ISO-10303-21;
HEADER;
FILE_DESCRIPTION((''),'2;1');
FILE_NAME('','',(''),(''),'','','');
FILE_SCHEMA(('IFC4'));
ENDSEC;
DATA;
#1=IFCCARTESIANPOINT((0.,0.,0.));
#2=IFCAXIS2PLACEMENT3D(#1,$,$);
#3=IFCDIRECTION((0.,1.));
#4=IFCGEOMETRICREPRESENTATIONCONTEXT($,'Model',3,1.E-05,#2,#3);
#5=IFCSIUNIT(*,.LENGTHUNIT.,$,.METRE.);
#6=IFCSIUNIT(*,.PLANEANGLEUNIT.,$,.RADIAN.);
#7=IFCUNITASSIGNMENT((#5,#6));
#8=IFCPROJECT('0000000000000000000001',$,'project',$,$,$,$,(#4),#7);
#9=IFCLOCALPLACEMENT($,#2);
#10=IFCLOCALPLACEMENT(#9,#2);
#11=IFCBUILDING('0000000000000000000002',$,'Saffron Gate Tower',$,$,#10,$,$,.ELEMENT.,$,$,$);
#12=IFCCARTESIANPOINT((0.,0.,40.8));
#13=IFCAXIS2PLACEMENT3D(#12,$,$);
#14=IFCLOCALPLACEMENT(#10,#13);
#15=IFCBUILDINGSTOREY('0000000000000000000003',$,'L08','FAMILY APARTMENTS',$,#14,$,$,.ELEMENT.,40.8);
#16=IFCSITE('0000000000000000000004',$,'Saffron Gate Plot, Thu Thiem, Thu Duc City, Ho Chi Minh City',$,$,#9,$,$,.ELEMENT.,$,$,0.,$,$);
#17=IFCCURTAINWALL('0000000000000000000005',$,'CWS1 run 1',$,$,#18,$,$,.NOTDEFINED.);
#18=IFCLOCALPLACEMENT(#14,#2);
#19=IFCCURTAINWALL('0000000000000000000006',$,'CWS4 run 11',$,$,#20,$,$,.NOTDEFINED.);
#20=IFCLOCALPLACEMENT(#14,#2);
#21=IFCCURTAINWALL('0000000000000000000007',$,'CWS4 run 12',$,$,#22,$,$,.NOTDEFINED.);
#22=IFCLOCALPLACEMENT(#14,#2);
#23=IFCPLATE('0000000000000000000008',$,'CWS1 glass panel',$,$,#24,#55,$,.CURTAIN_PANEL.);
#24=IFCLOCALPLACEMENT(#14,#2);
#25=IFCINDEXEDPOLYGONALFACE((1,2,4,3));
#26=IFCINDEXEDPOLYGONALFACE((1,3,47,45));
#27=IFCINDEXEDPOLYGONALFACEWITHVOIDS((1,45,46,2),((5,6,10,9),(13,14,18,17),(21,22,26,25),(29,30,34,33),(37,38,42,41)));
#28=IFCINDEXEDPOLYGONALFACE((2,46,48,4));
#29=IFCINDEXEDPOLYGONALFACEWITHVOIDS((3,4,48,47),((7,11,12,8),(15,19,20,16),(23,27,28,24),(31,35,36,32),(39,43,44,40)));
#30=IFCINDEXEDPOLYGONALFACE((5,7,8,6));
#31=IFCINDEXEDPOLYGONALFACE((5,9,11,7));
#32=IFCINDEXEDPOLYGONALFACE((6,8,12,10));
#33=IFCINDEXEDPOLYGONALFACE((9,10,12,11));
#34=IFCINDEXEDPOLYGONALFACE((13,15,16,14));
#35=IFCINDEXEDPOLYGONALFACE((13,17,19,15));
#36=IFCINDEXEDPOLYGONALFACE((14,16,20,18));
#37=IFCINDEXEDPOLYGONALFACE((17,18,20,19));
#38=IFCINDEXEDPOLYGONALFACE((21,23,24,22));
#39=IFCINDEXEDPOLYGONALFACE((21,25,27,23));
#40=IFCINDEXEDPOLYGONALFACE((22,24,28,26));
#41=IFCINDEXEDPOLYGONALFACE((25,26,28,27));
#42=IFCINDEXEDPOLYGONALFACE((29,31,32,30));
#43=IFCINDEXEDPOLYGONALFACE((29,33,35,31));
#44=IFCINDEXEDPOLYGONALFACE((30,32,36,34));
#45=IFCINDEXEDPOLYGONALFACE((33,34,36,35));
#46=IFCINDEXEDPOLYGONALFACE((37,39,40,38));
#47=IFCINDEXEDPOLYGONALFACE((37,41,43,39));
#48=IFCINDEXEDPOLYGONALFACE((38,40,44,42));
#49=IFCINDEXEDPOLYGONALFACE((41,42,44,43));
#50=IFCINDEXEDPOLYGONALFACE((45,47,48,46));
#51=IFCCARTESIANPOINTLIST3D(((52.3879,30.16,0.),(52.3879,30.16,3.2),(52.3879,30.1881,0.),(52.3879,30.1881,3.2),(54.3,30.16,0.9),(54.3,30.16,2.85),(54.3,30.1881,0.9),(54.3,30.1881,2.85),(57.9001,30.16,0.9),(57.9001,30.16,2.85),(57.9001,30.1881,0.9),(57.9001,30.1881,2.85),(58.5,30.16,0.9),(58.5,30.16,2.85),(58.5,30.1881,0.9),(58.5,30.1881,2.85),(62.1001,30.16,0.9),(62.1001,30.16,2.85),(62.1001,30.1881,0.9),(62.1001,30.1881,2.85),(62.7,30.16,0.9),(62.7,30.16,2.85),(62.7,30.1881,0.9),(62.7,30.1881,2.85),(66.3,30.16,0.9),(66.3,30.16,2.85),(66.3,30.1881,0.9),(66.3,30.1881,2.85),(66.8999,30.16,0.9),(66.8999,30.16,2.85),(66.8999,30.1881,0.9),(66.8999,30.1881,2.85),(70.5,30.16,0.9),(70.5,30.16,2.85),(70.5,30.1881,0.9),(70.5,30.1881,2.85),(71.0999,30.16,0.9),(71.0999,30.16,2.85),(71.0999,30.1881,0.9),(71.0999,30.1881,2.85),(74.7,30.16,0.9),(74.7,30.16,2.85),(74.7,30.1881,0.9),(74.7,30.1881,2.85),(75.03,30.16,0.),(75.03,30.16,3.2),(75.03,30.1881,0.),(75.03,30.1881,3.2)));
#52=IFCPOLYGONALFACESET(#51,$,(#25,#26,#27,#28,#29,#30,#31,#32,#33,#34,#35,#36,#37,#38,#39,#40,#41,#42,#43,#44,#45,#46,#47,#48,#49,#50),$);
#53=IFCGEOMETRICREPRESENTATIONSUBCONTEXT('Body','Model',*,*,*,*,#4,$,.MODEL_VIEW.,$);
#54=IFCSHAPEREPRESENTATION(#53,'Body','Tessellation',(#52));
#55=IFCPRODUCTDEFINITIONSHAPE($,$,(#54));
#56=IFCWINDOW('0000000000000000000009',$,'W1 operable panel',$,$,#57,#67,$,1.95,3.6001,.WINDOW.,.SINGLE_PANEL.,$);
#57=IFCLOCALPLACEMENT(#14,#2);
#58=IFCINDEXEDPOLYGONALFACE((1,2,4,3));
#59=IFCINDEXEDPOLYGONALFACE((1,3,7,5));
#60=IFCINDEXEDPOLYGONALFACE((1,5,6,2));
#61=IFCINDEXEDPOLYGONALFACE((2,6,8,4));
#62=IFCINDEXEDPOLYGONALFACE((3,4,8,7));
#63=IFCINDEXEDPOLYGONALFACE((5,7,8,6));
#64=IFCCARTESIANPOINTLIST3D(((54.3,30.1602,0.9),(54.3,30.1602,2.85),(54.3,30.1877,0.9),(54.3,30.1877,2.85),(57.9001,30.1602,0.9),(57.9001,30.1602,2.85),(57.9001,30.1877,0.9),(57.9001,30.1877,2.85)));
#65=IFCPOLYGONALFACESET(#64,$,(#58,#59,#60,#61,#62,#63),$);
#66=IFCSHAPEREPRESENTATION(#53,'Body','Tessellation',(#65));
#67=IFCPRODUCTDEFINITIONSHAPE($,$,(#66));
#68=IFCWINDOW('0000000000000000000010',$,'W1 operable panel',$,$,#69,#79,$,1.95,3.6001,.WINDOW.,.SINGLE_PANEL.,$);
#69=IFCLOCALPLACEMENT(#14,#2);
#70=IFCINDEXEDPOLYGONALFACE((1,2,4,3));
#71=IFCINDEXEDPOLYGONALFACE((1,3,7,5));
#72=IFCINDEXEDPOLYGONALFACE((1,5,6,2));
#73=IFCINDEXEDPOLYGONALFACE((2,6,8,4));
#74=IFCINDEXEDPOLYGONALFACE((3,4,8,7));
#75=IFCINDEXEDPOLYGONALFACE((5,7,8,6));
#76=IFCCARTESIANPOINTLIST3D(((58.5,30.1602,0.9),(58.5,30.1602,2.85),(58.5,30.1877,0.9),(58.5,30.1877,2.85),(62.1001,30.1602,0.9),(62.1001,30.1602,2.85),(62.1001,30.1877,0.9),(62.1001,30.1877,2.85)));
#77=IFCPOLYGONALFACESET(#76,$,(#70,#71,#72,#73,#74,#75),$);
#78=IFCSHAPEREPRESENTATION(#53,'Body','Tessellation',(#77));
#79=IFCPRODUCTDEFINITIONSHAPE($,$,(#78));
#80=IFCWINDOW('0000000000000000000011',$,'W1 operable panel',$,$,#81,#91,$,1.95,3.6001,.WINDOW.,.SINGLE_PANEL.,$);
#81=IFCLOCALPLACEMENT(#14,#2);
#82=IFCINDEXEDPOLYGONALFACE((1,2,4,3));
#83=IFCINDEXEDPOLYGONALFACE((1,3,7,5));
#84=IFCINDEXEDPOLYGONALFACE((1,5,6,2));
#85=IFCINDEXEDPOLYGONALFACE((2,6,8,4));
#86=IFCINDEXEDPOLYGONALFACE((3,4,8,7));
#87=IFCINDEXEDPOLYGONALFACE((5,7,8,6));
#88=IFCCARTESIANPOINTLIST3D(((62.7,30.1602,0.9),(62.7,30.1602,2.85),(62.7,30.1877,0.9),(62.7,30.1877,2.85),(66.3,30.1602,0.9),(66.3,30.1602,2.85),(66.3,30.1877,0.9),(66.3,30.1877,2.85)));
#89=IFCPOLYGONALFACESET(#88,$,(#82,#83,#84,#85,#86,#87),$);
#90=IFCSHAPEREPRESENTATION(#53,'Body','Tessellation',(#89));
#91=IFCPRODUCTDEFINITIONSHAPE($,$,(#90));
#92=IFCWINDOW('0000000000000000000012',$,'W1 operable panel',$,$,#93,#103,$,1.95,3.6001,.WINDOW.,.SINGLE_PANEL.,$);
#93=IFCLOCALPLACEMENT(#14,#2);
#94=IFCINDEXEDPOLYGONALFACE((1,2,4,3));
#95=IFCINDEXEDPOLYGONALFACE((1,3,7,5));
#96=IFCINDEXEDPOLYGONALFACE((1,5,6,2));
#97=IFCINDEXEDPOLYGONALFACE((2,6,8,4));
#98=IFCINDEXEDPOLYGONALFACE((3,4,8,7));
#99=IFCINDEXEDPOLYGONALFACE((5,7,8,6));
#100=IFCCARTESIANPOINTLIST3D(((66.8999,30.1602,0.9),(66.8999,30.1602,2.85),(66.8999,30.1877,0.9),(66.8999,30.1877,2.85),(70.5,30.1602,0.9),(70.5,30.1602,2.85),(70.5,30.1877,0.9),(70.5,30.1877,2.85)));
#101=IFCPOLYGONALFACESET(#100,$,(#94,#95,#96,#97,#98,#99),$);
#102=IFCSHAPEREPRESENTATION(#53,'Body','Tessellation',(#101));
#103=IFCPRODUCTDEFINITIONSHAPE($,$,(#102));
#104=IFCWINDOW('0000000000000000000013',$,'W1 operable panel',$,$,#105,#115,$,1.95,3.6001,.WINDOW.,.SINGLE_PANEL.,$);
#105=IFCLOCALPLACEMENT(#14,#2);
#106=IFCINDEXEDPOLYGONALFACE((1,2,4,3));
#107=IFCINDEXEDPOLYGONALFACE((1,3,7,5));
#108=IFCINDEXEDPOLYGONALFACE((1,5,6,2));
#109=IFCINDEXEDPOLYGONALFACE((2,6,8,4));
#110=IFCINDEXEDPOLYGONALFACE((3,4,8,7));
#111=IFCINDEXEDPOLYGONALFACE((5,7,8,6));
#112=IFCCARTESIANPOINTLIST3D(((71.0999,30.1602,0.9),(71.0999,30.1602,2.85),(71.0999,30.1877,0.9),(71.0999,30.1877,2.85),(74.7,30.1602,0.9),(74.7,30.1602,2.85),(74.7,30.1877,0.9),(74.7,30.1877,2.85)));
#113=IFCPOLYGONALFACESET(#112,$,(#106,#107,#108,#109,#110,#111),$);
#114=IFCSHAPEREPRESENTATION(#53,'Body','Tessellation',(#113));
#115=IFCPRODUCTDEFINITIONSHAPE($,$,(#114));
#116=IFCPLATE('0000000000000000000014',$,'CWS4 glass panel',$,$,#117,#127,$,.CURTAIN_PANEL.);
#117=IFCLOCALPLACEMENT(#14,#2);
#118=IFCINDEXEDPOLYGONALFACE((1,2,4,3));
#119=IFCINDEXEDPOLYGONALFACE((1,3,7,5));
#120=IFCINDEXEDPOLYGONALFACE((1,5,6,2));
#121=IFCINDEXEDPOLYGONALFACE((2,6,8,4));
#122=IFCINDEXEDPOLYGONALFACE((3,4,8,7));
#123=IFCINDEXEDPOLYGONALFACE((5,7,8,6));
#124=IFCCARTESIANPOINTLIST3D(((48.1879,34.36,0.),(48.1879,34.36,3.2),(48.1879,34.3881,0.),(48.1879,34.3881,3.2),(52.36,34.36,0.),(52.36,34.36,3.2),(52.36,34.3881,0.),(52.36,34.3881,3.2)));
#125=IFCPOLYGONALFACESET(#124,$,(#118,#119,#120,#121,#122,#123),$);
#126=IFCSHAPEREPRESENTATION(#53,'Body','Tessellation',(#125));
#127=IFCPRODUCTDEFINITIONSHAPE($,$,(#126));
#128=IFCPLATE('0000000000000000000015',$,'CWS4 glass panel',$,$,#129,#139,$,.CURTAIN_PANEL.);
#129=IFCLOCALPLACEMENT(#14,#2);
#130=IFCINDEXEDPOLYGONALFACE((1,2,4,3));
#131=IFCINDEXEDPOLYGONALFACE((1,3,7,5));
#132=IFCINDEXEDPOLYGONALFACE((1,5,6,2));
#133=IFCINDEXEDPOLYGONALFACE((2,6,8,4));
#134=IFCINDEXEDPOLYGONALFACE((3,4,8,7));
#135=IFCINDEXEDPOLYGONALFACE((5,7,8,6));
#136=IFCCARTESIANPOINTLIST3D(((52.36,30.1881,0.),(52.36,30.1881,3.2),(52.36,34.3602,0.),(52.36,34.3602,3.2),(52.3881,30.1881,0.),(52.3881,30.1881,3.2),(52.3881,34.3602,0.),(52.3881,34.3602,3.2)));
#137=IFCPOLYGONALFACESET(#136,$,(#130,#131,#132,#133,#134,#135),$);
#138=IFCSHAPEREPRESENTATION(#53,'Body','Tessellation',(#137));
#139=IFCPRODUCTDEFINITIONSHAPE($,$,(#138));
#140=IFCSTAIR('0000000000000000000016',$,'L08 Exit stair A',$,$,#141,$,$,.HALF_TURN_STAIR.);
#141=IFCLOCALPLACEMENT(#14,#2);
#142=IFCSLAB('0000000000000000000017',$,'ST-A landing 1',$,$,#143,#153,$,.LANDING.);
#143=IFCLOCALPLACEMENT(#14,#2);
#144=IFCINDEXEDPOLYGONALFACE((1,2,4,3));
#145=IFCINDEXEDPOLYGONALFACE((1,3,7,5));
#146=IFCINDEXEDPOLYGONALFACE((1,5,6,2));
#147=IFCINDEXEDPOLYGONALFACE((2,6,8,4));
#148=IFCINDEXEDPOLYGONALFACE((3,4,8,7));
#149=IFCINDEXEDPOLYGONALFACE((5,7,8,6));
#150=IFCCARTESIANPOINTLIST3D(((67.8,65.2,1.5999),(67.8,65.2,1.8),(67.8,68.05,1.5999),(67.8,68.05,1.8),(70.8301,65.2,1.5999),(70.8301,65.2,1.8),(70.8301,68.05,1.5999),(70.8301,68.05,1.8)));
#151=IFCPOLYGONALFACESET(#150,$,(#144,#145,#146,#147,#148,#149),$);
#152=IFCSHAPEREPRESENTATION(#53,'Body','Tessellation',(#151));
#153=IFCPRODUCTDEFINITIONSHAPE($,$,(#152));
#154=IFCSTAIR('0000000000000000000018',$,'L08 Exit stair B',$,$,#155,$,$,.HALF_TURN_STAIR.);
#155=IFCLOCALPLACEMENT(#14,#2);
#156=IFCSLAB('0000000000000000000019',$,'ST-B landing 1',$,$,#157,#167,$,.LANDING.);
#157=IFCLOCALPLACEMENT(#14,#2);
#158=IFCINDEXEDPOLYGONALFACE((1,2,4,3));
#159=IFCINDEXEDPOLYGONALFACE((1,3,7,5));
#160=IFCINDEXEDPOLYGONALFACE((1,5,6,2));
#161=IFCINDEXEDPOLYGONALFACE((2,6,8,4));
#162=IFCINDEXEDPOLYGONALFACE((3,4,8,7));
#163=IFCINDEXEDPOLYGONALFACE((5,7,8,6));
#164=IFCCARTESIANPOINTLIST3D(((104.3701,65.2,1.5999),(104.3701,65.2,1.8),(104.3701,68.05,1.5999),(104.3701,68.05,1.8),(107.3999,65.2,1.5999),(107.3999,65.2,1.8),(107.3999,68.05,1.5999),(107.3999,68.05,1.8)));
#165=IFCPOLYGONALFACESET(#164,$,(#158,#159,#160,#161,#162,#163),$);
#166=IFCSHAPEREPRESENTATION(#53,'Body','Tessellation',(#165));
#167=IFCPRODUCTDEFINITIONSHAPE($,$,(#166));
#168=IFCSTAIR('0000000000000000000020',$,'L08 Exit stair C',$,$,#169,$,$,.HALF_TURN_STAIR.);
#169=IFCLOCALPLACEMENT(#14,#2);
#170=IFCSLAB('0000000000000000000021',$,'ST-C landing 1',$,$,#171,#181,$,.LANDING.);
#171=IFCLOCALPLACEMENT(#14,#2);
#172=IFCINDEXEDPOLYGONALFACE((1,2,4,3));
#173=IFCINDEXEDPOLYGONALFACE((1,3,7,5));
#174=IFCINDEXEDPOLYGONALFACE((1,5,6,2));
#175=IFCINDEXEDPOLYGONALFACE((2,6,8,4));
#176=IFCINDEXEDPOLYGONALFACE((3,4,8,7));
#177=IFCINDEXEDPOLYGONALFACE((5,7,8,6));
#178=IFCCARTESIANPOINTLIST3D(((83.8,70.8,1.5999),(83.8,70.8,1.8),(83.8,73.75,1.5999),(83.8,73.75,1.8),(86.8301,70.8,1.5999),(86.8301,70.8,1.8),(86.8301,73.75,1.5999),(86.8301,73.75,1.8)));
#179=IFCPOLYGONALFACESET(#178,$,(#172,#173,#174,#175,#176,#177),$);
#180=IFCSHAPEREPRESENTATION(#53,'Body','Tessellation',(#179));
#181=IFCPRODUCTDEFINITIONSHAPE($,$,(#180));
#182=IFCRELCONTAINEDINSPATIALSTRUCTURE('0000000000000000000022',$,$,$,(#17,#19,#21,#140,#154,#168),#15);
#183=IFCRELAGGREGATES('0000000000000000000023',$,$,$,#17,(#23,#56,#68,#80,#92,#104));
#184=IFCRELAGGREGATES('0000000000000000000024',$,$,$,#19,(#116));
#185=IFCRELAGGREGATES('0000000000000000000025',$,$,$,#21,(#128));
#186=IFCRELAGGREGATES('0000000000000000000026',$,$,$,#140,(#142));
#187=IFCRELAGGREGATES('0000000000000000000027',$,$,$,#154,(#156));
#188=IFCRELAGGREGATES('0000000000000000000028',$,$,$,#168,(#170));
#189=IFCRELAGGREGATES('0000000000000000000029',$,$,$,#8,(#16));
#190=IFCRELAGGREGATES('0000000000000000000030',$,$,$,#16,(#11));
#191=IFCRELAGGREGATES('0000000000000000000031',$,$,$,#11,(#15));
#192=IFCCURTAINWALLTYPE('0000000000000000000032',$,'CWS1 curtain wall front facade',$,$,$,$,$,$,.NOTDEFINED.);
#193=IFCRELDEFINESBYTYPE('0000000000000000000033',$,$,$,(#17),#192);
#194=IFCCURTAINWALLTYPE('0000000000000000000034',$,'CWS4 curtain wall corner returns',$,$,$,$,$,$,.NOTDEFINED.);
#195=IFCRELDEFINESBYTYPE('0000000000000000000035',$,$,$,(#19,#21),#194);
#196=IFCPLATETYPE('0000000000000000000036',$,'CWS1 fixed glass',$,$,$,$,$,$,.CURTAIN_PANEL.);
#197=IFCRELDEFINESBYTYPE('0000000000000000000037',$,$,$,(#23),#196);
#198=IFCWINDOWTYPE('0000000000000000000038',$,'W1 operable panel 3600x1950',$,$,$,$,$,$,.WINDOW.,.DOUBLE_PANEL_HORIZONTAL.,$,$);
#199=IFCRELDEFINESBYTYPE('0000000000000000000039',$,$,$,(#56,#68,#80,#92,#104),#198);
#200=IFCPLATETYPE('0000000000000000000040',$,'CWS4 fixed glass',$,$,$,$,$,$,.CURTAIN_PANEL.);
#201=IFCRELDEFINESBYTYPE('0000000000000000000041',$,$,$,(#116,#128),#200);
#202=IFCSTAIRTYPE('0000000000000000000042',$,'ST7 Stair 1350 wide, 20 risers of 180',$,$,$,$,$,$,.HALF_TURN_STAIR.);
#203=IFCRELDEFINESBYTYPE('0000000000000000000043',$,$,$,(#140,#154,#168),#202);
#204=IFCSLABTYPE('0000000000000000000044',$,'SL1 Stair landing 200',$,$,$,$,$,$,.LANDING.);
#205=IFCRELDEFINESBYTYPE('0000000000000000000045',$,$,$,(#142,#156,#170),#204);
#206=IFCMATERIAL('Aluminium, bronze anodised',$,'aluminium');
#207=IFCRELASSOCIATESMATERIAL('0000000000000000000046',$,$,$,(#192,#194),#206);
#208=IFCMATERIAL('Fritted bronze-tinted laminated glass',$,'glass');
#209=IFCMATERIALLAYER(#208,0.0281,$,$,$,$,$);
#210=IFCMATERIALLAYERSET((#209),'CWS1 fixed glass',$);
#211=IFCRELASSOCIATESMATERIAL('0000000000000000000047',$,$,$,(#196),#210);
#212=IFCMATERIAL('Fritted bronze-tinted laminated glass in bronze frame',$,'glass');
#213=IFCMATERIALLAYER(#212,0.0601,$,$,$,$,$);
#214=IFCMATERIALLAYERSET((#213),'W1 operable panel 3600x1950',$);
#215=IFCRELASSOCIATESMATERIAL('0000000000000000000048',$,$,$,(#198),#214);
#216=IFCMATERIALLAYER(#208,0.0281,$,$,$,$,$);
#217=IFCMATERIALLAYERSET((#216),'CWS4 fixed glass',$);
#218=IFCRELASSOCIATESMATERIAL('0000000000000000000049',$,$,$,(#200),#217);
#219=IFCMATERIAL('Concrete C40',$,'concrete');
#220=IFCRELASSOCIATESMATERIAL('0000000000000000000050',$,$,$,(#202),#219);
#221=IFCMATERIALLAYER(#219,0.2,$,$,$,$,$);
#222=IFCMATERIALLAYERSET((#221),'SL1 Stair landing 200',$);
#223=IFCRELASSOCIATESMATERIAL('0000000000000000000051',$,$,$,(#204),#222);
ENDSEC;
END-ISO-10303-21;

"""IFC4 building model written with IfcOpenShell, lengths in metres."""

from ifc_helpers import new_model, si_unit, direction, frame, frame_2d, origin, place, context, subcontext, project, spatial, polyline, rectangle, outline, extrude, material, layer, layer_set, type_object, element, fill, aggregate, save


model = new_model("IFC4")

# Units and contexts
model_context = context("Model", 3, precision=1e-05, world=origin(), true_north=direction((0.0, 1.0)))
body_context = subcontext(model_context, "Body", "Model", "MODEL_VIEW")
ifc_project = project(units=[si_unit("LENGTHUNIT", "METRE"), si_unit("PLANEANGLEUNIT", "RADIAN")], contexts=[model_context])

# Site, building, storey
site_placement = place(None, origin())
site = spatial("IfcSite", under=ifc_project, at=site_placement, Name="Saffron Gate Plot, Thu Thiem, Thu Duc City, Ho Chi Minh City", CompositionType="ELEMENT", RefElevation=0.0)
building_placement = place(site_placement, origin())
building = spatial("IfcBuilding", under=site, at=building_placement, Name="Saffron Gate Tower", CompositionType="ELEMENT")
storey_placement = place(building_placement, frame((0.0, 0.0, 40.8)))
storey = spatial("IfcBuildingStorey", under=building, at=storey_placement, Name="L08", Description="FAMILY APARTMENTS", CompositionType="ELEMENT", Elevation=40.8)

# Curtain wall
ifc_material_1 = material(Name="Aluminium, bronze anodised", Category="aluminium")
curtain_wall_type_1 = type_object("IfcCurtainWallType", Name="CWS1 curtain wall front facade", PredefinedType="NOTDEFINED", material=ifc_material_1)
curtain_wall_1_placement = place(storey_placement, origin())
curtain_wall_1 = element("IfcCurtainWall", 1, at=curtain_wall_1_placement, inside=storey, type_object=curtain_wall_type_1, Name="CWS1 run 1", PredefinedType="NOTDEFINED")

# Curtain walls
curtain_wall_type_2 = type_object("IfcCurtainWallType", Name="CWS4 curtain wall corner returns", PredefinedType="NOTDEFINED", material=ifc_material_1)
curtain_wall_2_placement = place(storey_placement, origin())
curtain_wall_2 = element("IfcCurtainWall", 2, at=curtain_wall_2_placement, inside=storey, type_object=curtain_wall_type_2, Name="CWS4 run 11", PredefinedType="NOTDEFINED")
curtain_wall_3_placement = place(storey_placement, origin())
curtain_wall_3 = element("IfcCurtainWall", 3, at=curtain_wall_3_placement, inside=storey, type_object=curtain_wall_type_2, Name="CWS4 run 12", PredefinedType="NOTDEFINED")

# Plate, openings, windows
ifc_material_2 = material(Name="Fritted bronze-tinted laminated glass", Category="glass")
ifc_layer_1 = layer(ifc_material_2, 0.0281)
ifc_layer_set_1 = layer_set([ifc_layer_1], Name="CWS1 fixed glass")
plate_type_1 = type_object("IfcPlateType", Name="CWS1 fixed glass", PredefinedType="CURTAIN_PANEL", material=ifc_layer_set_1)
plate_1_placement = place(storey_placement, frame((52.3879, 30.1741, 0.0), z_axis=(0.0, 0.0, 1.0), x_axis=(1.0, 0.0, 0.0)))
plate_1 = element("IfcPlate", 4, at=plate_1_placement, type_object=plate_type_1, Name="CWS1 glass panel", PredefinedType="CURTAIN_PANEL", context=body_context, shape_type="SweptSolid", body=[
    extrude(rectangle(XDim=22.6421, YDim=0.0281, at=frame_2d((11.321, 0.0))), origin(), (0.0, 0.0, 1.0), 3.2),
])
opening_1_placement = place(plate_1_placement, frame((1.9121, 0.0, 0.8999)))
opening_1 = element("IfcOpeningElement", 5, at=opening_1_placement, cuts=plate_1, PredefinedType="OPENING", context=body_context, shape_type="SweptSolid", body=[
    extrude(rectangle(XDim=3.6001, YDim=1.95, at=frame_2d((1.8, 0.9751))), frame((0.0, 0.0239, 0.0), z_axis=(0.0, -1.0, 0.0), x_axis=(1.0, 0.0, 0.0)), (0.0, 0.0, 1.0), 0.0481),
])
opening_2_placement = place(plate_1_placement, frame((6.1121, 0.0, 0.8999)))
opening_2 = element("IfcOpeningElement", 6, at=opening_2_placement, cuts=plate_1, PredefinedType="OPENING", context=body_context, shape_type="SweptSolid", body=[
    extrude(rectangle(XDim=3.6001, YDim=1.95, at=frame_2d((1.8, 0.9751))), frame((0.0, 0.0239, 0.0), z_axis=(0.0, -1.0, 0.0), x_axis=(1.0, 0.0, 0.0)), (0.0, 0.0, 1.0), 0.0481),
])
opening_3_placement = place(plate_1_placement, frame((10.312, 0.0, 0.8999)))
opening_3 = element("IfcOpeningElement", 7, at=opening_3_placement, cuts=plate_1, PredefinedType="OPENING", context=body_context, shape_type="SweptSolid", body=[
    extrude(rectangle(XDim=3.6001, YDim=1.95, at=frame_2d((1.8, 0.9751))), frame((0.0, 0.0239, 0.0), z_axis=(0.0, -1.0, 0.0), x_axis=(1.0, 0.0, 0.0)), (0.0, 0.0, 1.0), 0.0481),
])
opening_4_placement = place(plate_1_placement, frame((14.512, 0.0, 0.8999)))
opening_4 = element("IfcOpeningElement", 8, at=opening_4_placement, cuts=plate_1, PredefinedType="OPENING", context=body_context, shape_type="SweptSolid", body=[
    extrude(rectangle(XDim=3.6001, YDim=1.95, at=frame_2d((1.8, 0.9751))), frame((0.0, 0.0239, 0.0), z_axis=(0.0, -1.0, 0.0), x_axis=(1.0, 0.0, 0.0)), (0.0, 0.0, 1.0), 0.0481),
])
opening_5_placement = place(plate_1_placement, frame((18.7119, 0.0, 0.8999)))
opening_5 = element("IfcOpeningElement", 9, at=opening_5_placement, cuts=plate_1, PredefinedType="OPENING", context=body_context, shape_type="SweptSolid", body=[
    extrude(rectangle(XDim=3.6001, YDim=1.95, at=frame_2d((1.8, 0.9751))), frame((0.0, 0.0239, 0.0), z_axis=(0.0, -1.0, 0.0), x_axis=(1.0, 0.0, 0.0)), (0.0, 0.0, 1.0), 0.0481),
])
ifc_material_3 = material(Name="Fritted bronze-tinted laminated glass in bronze frame", Category="glass")
ifc_layer_2 = layer(ifc_material_3, 0.0601)
ifc_layer_set_2 = layer_set([ifc_layer_2], Name="W1 operable panel 3600x1950")
window_type = type_object("IfcWindowType", Name="W1 operable panel 3600x1950", PartitioningType="DOUBLE_PANEL_HORIZONTAL", PredefinedType="WINDOW", material=ifc_layer_set_2)
window_1_placement = place(opening_1_placement, origin())
window_1 = element("IfcWindow", 10, at=window_1_placement, type_object=window_type, Name="W1 operable panel", OverallHeight=1.95, OverallWidth=3.6001, PartitioningType="SINGLE_PANEL", PredefinedType="WINDOW", context=body_context, shape_type="SweptSolid", body=[
    extrude(rectangle(XDim=3.6001, YDim=1.95, at=frame_2d((1.8, 0.9751))), frame((0.0, 0.0137, 0.0), z_axis=(0.0, -1.0, 0.0), x_axis=(1.0, 0.0, 0.0)), (0.0, 0.0, 1.0), 0.0276),
])
fill(opening_1, window_1)
window_2_placement = place(opening_2_placement, origin())
window_2 = element("IfcWindow", 11, at=window_2_placement, type_object=window_type, Name="W1 operable panel", OverallHeight=1.95, OverallWidth=3.6001, PartitioningType="SINGLE_PANEL", PredefinedType="WINDOW", context=body_context, shape_type="SweptSolid", body=[
    extrude(rectangle(XDim=3.6001, YDim=1.95, at=frame_2d((1.8, 0.9751))), frame((0.0, 0.0137, 0.0), z_axis=(0.0, -1.0, 0.0), x_axis=(1.0, 0.0, 0.0)), (0.0, 0.0, 1.0), 0.0276),
])
fill(opening_2, window_2)
window_3_placement = place(opening_3_placement, origin())
window_3 = element("IfcWindow", 12, at=window_3_placement, type_object=window_type, Name="W1 operable panel", OverallHeight=1.95, OverallWidth=3.6001, PartitioningType="SINGLE_PANEL", PredefinedType="WINDOW", context=body_context, shape_type="SweptSolid", body=[
    extrude(rectangle(XDim=3.6001, YDim=1.95, at=frame_2d((1.8, 0.9751))), frame((0.0, 0.0137, 0.0), z_axis=(0.0, -1.0, 0.0), x_axis=(1.0, 0.0, 0.0)), (0.0, 0.0, 1.0), 0.0276),
])
fill(opening_3, window_3)
window_4_placement = place(opening_4_placement, origin())
window_4 = element("IfcWindow", 13, at=window_4_placement, type_object=window_type, Name="W1 operable panel", OverallHeight=1.95, OverallWidth=3.6001, PartitioningType="SINGLE_PANEL", PredefinedType="WINDOW", context=body_context, shape_type="SweptSolid", body=[
    extrude(rectangle(XDim=3.6001, YDim=1.95, at=frame_2d((1.8, 0.9751))), frame((0.0, 0.0137, 0.0), z_axis=(0.0, -1.0, 0.0), x_axis=(1.0, 0.0, 0.0)), (0.0, 0.0, 1.0), 0.0276),
])
fill(opening_4, window_4)
window_5_placement = place(opening_5_placement, origin())
window_5 = element("IfcWindow", 14, at=window_5_placement, type_object=window_type, Name="W1 operable panel", OverallHeight=1.95, OverallWidth=3.6001, PartitioningType="SINGLE_PANEL", PredefinedType="WINDOW", context=body_context, shape_type="SweptSolid", body=[
    extrude(rectangle(XDim=3.6001, YDim=1.95, at=frame_2d((1.8, 0.9751))), frame((0.0, 0.0137, 0.0), z_axis=(0.0, -1.0, 0.0), x_axis=(1.0, 0.0, 0.0)), (0.0, 0.0, 1.0), 0.0276),
])
fill(opening_5, window_5)
aggregate(curtain_wall_1, [plate_1, window_1, window_2, window_3, window_4, window_5])

# Plates
ifc_layer_3 = layer(ifc_material_2, 0.0281)
ifc_layer_set_3 = layer_set([ifc_layer_3], Name="CWS4 fixed glass")
plate_type_2 = type_object("IfcPlateType", Name="CWS4 fixed glass", PredefinedType="CURTAIN_PANEL", material=ifc_layer_set_3)
plate_2_placement = place(storey_placement, frame((48.188, 34.374, 0.0), z_axis=(0.0, 0.0, 1.0), x_axis=(1.0, 0.0, 0.0)))
plate_2 = element("IfcPlate", 15, at=plate_2_placement, type_object=plate_type_2, Name="CWS4 glass panel", PredefinedType="CURTAIN_PANEL", context=body_context, shape_type="SweptSolid", body=[
    extrude(rectangle(XDim=4.1721, YDim=0.0281, at=frame_2d((2.0859, 0.0))), origin(), (0.0, 0.0, 1.0), 3.2),
])
aggregate(curtain_wall_2, [plate_2])
plate_3_placement = place(storey_placement, frame((52.374, 34.3601, 0.0), z_axis=(0.0, 0.0, 1.0), x_axis=(0.0, -1.0, 0.0)))
plate_3 = element("IfcPlate", 16, at=plate_3_placement, type_object=plate_type_2, Name="CWS4 glass panel", PredefinedType="CURTAIN_PANEL", context=body_context, shape_type="SweptSolid", body=[
    extrude(rectangle(XDim=4.1721, YDim=0.0281, at=frame_2d((2.0859, 0.0))), origin(), (0.0, 0.0, 1.0), 3.2),
])
aggregate(curtain_wall_3, [plate_3])

# Stairs, slabs
ifc_material_4 = material(Name="Concrete C40", Category="concrete")
stair_type = type_object("IfcStairType", Name="ST7 Stair 1350 wide, 20 risers of 180", PredefinedType="HALF_TURN_STAIR", material=ifc_material_4)
stair_1_placement = place(storey_placement, origin())
stair_1 = element("IfcStair", 17, at=stair_1_placement, inside=storey, type_object=stair_type, Name="L08 Exit stair A", PredefinedType="HALF_TURN_STAIR")
ifc_layer_4 = layer(ifc_material_4, 0.2)
ifc_layer_set_4 = layer_set([ifc_layer_4], Name="SL1 Stair landing 200")
slab_type_1 = type_object("IfcSlabType", Name="SL1 Stair landing 200", PredefinedType="LANDING", material=ifc_layer_set_4)
slab_1_placement = place(storey_placement, frame((0.0, 0.0, 1.5999)))
slab_1 = element("IfcSlab", 18, at=slab_1_placement, type_object=slab_type_1, Name="ST-A landing 1", PredefinedType="LANDING", context=body_context, shape_type="SweptSolid", body=[
    extrude(outline(polyline([(70.8301, 68.05), (67.8, 68.05), (67.8, 65.2), (70.8301, 65.2), (70.8301, 68.05)])), origin(), (0.0, 0.0, 1.0), 0.2002),
])
aggregate(stair_1, [slab_1])
stair_2_placement = place(storey_placement, origin())
stair_2 = element("IfcStair", 19, at=stair_2_placement, inside=storey, type_object=stair_type, Name="L08 Exit stair B", PredefinedType="HALF_TURN_STAIR")
slab_2_placement = place(storey_placement, frame((0.0, 0.0, 1.5999)))
slab_2 = element("IfcSlab", 20, at=slab_2_placement, type_object=slab_type_1, Name="ST-B landing 1", PredefinedType="LANDING", context=body_context, shape_type="SweptSolid", body=[
    extrude(outline(polyline([(104.3701, 65.2), (107.3999, 65.2), (107.3999, 68.05), (104.3701, 68.05), (104.3701, 65.2)])), origin(), (0.0, 0.0, 1.0), 0.2002),
])
aggregate(stair_2, [slab_2])
stair_3_placement = place(storey_placement, origin())
stair_3 = element("IfcStair", 21, at=stair_3_placement, inside=storey, type_object=stair_type, Name="L08 Exit stair C", PredefinedType="HALF_TURN_STAIR")
slab_3_placement = place(storey_placement, frame((0.0, 0.0, 1.5999)))
slab_3 = element("IfcSlab", 22, at=slab_3_placement, type_object=slab_type_1, Name="ST-C landing 1", PredefinedType="LANDING", context=body_context, shape_type="SweptSolid", body=[
    extrude(outline(polyline([(86.8301, 73.75), (83.8, 73.75), (83.8, 70.8), (86.8301, 70.8), (86.8301, 73.75)])), origin(), (0.0, 0.0, 1.0), 0.2002),
])
aggregate(stair_3, [slab_3])

save(model, "model.ifc")
